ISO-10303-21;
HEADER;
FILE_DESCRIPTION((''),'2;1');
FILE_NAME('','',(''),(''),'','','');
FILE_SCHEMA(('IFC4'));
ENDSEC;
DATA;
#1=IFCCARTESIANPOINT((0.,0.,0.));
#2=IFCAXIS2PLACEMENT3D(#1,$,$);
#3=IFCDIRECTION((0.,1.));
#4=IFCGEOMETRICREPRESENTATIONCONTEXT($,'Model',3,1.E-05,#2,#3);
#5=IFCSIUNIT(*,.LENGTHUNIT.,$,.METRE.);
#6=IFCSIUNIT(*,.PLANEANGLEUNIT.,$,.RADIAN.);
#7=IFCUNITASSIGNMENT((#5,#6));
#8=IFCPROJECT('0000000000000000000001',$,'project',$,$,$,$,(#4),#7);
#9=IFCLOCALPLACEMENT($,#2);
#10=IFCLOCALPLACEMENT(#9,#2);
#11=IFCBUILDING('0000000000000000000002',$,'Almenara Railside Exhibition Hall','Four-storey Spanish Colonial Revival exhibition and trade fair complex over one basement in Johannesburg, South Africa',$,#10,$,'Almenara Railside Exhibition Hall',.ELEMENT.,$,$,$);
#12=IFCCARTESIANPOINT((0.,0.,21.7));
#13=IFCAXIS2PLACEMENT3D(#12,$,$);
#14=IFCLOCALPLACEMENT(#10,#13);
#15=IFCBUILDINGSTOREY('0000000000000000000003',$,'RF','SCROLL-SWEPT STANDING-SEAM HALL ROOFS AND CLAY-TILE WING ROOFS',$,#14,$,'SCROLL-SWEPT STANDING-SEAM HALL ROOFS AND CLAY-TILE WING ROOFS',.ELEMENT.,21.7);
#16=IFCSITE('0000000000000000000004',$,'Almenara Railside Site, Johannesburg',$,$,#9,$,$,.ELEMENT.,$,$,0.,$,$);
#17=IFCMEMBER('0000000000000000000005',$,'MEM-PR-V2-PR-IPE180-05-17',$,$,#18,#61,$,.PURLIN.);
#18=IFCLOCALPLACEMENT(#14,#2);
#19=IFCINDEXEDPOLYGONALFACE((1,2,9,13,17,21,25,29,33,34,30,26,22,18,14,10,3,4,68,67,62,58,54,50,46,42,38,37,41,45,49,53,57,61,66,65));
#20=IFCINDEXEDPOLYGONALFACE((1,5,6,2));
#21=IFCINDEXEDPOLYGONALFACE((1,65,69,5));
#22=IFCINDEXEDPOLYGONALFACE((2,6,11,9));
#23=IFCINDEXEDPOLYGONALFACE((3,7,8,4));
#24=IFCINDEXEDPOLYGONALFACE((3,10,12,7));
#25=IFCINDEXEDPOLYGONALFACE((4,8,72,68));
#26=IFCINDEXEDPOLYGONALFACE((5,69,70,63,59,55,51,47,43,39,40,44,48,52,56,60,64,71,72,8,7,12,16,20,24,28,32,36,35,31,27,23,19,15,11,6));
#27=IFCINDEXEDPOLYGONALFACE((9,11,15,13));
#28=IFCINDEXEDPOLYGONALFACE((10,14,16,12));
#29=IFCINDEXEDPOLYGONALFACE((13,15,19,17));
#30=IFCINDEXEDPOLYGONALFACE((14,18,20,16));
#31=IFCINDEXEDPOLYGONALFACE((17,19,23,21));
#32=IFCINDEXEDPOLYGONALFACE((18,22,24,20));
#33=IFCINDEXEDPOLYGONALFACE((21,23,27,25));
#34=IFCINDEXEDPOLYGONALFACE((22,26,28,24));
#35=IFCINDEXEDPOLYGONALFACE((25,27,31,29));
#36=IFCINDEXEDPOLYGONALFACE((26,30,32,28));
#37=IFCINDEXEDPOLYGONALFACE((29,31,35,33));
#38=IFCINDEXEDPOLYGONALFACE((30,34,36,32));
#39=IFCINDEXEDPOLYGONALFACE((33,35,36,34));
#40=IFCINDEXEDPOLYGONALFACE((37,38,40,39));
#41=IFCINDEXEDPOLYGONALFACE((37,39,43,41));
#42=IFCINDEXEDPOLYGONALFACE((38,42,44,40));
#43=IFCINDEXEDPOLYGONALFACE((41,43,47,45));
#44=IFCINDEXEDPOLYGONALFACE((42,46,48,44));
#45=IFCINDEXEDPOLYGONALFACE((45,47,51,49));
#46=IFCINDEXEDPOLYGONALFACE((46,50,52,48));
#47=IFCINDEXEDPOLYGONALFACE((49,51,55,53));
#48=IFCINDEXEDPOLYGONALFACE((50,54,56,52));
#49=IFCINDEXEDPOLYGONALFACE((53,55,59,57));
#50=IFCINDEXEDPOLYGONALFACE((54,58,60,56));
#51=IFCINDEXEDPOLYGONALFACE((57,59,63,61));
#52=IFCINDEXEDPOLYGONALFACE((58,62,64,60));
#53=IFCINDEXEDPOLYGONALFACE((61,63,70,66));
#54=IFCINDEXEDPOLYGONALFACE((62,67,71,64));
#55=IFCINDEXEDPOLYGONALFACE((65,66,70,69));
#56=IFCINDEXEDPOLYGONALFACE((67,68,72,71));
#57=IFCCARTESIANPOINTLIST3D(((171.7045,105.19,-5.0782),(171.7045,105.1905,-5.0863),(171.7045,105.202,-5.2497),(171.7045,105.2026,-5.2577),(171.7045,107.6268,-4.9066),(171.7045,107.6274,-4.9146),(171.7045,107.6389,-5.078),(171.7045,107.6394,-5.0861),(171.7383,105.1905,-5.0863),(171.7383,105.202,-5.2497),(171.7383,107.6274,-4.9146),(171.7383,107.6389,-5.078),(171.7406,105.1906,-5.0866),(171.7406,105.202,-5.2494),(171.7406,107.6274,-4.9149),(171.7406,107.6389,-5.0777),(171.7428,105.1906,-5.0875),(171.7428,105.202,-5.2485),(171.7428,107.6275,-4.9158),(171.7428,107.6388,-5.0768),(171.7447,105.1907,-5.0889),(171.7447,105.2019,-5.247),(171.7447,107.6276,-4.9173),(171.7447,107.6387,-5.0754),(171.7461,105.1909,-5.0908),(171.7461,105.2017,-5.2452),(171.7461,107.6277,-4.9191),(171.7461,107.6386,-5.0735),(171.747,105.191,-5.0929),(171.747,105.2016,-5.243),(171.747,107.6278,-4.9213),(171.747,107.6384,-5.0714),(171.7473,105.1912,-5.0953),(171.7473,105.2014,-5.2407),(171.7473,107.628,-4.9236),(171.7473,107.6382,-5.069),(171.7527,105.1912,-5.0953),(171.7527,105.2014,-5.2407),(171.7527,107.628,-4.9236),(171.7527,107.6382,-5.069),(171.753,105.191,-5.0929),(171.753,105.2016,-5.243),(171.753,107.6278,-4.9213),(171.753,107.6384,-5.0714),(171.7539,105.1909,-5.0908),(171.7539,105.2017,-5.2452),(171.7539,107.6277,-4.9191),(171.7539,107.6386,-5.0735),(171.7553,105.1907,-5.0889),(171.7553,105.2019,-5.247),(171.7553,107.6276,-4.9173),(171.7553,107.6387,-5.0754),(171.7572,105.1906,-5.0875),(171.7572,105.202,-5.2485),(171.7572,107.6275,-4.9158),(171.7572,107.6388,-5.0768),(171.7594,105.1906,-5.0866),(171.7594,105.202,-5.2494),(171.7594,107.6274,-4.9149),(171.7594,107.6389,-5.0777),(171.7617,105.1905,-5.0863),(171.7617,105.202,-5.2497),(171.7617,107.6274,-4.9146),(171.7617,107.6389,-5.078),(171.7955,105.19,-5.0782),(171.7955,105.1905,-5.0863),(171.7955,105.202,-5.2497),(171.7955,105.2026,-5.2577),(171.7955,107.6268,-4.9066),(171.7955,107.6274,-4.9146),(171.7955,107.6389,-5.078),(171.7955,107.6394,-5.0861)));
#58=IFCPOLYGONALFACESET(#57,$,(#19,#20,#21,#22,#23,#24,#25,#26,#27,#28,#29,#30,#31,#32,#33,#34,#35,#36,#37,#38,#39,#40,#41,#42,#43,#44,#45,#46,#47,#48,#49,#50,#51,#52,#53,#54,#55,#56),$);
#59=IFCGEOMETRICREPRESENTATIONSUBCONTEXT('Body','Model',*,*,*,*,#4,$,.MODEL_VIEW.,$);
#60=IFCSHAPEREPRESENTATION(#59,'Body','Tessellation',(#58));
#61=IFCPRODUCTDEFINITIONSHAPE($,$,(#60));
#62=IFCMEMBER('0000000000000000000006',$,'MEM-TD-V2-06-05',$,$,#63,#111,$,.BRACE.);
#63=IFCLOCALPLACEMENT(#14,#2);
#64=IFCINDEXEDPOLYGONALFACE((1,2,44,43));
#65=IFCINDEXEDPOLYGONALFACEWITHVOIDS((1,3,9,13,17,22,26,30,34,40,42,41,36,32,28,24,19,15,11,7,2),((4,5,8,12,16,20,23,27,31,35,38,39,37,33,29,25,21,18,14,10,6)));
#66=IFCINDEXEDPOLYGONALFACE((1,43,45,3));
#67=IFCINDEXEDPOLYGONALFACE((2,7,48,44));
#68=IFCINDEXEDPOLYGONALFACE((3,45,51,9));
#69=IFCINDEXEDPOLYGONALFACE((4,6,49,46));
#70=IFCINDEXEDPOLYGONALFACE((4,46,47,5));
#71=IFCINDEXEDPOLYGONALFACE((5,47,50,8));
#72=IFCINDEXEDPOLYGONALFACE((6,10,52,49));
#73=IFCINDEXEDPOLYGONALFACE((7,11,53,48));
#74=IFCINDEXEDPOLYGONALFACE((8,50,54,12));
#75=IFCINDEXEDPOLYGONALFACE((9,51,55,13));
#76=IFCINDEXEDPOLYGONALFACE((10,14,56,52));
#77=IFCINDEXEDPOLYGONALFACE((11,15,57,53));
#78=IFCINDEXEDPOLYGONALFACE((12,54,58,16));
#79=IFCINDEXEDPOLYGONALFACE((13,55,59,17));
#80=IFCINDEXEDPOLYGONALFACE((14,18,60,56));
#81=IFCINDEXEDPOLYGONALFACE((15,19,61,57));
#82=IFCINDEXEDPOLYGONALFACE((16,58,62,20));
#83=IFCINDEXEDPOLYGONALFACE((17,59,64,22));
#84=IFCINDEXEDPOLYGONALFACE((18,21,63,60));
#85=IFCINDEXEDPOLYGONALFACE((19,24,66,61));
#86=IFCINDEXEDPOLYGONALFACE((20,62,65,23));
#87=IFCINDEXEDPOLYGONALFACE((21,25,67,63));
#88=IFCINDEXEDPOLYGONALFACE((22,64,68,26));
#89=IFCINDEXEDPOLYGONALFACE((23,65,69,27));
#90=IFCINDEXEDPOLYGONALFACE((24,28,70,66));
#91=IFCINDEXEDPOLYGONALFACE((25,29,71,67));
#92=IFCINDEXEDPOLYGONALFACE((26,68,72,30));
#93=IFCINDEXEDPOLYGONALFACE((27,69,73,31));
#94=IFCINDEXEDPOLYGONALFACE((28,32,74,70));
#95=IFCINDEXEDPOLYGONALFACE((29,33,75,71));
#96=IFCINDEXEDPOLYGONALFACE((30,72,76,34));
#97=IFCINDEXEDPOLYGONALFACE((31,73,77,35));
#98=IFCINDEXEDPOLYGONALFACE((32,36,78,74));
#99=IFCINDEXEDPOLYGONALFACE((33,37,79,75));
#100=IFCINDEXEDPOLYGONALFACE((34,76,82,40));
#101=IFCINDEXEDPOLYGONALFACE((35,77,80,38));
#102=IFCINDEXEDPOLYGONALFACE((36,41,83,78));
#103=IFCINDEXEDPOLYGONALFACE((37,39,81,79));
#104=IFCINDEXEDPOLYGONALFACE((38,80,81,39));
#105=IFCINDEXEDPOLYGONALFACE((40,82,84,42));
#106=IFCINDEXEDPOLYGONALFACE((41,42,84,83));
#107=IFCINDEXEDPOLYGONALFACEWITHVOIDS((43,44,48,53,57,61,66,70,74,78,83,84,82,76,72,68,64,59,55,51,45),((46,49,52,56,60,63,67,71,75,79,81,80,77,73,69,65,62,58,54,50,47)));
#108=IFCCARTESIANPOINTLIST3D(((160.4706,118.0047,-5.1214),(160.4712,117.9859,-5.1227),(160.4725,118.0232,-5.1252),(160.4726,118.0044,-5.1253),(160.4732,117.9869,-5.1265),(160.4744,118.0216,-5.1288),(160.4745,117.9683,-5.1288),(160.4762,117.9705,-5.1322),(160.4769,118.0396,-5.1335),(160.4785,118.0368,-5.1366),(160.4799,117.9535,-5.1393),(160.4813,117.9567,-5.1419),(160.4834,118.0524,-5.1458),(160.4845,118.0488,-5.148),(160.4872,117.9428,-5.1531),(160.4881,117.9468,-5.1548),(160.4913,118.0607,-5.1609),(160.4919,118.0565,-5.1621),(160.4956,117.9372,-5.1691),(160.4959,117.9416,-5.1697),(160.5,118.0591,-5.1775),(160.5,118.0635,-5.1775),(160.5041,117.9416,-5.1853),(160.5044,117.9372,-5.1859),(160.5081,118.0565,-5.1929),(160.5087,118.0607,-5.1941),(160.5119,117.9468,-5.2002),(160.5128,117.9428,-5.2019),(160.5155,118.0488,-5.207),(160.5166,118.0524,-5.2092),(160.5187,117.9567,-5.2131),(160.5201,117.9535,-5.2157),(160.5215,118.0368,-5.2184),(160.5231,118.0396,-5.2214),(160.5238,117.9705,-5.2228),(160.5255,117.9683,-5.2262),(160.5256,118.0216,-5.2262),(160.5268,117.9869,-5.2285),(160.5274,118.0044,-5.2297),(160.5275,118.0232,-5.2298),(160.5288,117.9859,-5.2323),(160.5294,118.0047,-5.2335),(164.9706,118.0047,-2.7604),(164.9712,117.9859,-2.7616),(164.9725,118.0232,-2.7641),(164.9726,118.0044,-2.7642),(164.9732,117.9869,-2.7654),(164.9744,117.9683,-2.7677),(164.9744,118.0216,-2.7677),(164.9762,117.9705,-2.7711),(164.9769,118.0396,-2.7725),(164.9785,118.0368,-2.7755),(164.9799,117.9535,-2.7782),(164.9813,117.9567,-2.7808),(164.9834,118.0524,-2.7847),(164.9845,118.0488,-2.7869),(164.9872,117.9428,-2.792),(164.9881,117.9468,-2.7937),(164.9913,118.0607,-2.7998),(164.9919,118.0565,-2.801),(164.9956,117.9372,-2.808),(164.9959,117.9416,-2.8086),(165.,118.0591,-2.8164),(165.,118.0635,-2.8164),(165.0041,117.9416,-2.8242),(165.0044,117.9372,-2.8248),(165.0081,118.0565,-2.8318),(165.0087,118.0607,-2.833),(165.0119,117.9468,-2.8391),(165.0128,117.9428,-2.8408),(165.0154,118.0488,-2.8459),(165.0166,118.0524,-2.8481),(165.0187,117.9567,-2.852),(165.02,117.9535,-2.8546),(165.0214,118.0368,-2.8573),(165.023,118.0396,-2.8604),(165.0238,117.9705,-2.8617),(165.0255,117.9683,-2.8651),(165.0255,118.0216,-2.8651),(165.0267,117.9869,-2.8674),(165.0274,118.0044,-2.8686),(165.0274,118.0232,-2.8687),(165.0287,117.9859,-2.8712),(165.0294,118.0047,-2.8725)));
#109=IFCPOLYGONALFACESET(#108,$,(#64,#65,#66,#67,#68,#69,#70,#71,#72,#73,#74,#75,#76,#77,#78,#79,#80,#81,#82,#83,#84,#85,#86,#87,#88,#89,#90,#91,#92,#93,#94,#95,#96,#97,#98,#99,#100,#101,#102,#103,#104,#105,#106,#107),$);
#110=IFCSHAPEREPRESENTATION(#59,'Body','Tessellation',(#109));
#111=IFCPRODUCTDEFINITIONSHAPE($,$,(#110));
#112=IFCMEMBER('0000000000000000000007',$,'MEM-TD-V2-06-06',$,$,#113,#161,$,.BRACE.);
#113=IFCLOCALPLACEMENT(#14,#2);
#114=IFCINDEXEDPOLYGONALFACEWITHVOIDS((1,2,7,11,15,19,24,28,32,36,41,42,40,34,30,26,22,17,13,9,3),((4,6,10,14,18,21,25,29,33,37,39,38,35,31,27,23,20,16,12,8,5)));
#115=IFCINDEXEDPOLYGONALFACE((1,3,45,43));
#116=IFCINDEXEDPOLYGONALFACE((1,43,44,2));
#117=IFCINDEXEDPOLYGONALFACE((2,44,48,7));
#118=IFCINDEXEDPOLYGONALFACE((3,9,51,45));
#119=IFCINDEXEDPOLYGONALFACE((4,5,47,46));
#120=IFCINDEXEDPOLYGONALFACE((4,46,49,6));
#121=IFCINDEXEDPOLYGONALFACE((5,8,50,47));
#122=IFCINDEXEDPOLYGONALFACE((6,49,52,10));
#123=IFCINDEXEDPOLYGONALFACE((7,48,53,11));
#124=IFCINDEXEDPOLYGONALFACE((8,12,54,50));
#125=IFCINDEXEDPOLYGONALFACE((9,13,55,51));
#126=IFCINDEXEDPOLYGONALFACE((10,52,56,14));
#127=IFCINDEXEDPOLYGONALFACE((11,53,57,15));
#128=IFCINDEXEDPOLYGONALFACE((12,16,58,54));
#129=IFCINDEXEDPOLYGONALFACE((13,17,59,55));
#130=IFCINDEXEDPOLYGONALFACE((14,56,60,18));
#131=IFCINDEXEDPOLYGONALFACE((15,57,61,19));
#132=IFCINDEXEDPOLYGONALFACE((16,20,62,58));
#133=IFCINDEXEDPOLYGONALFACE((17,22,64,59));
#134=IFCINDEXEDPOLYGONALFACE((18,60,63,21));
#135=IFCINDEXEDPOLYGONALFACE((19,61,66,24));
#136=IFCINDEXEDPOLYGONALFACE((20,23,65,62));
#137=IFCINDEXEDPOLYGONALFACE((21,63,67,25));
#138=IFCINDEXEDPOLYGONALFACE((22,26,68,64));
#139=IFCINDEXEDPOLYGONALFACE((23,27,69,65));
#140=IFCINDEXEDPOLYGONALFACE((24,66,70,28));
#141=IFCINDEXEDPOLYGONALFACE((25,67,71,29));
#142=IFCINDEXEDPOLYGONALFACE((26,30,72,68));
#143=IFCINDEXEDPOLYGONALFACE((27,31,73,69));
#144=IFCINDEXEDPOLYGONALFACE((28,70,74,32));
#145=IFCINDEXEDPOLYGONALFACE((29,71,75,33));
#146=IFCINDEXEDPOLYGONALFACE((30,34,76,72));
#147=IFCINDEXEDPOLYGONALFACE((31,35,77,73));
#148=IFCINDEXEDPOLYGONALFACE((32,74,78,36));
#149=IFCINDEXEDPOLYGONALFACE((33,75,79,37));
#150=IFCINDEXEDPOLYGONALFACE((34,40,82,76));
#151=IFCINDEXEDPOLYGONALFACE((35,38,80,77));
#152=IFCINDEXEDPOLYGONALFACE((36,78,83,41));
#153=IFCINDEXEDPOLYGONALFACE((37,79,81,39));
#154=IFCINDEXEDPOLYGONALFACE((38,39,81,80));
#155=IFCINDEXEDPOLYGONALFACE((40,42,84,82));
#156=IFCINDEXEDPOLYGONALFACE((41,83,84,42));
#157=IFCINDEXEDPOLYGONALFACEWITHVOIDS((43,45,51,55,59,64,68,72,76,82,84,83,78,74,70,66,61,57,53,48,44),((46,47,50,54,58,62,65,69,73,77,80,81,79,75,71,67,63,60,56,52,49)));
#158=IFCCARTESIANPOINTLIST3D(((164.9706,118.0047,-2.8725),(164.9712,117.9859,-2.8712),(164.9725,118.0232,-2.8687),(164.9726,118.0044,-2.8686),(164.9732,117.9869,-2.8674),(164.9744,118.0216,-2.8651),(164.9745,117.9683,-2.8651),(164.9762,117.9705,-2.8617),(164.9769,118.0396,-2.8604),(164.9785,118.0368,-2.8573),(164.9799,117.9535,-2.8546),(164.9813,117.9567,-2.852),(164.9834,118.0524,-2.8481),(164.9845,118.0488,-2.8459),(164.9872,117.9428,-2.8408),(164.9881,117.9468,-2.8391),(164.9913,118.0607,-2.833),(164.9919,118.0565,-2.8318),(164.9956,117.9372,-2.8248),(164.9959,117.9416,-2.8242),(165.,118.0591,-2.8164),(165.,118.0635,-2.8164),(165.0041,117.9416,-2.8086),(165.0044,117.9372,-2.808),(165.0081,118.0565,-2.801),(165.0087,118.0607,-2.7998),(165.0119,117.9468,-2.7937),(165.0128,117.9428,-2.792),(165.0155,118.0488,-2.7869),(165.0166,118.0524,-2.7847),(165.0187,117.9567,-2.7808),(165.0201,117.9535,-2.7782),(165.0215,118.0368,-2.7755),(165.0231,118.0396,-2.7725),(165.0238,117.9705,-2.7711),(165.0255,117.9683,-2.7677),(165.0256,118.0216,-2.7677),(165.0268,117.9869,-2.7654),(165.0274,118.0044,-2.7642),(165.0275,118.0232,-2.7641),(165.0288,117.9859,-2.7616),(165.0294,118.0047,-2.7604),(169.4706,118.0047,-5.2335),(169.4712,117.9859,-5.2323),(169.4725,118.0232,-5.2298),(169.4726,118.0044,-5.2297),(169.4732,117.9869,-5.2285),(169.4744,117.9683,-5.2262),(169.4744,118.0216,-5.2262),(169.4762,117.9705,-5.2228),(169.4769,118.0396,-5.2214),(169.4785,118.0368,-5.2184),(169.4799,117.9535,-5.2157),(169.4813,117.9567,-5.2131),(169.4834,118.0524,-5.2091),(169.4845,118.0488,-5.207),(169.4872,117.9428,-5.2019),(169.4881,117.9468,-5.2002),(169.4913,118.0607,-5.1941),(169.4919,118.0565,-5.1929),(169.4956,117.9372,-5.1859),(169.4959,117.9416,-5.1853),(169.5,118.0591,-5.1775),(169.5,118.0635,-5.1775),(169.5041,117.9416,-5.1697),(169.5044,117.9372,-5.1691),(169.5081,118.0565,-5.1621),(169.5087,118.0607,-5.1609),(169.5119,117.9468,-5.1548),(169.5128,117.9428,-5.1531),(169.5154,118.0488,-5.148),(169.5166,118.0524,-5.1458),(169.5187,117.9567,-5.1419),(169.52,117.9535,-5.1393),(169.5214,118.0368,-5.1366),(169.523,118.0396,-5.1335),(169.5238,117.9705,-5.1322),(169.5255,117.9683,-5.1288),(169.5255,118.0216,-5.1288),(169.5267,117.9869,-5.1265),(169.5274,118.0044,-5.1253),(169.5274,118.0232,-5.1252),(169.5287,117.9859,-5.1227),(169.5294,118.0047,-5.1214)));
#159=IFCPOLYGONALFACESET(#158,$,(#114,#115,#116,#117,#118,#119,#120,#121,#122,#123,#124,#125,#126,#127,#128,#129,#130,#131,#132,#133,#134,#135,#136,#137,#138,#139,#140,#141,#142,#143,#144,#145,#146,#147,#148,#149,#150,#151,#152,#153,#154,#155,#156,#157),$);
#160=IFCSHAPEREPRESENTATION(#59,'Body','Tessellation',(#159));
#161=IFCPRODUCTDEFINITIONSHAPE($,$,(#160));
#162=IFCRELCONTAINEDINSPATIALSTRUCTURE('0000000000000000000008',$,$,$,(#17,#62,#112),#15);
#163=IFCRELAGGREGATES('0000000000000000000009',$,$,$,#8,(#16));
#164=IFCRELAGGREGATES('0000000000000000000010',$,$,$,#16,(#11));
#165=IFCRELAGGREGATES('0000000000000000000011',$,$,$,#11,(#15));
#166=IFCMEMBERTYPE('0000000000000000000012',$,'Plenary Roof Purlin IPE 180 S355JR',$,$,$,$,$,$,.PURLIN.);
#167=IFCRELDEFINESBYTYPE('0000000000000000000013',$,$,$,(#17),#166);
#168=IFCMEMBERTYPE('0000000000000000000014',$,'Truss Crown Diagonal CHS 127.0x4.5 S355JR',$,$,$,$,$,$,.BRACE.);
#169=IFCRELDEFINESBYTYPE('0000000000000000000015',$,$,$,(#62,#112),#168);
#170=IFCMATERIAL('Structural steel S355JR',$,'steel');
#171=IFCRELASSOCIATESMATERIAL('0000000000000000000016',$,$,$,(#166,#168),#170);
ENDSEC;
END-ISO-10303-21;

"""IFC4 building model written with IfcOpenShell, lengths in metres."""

from ifc_helpers import new_model, si_unit, direction, frame, origin, origin_2d, place, context, subcontext, project, spatial, hollow_circle, i_section, extrude, material, material_profile, profile_set, type_object, element, save


model = new_model("IFC4")

# Units and contexts
model_context = context("Model", 3, precision=1e-05, world=origin(), true_north=direction((0.0, 1.0)))
body_context = subcontext(model_context, "Body", "Model", "MODEL_VIEW")
ifc_project = project(units=[si_unit("LENGTHUNIT", "METRE"), si_unit("PLANEANGLEUNIT", "RADIAN")], contexts=[model_context])

# Site, building, storey
site_placement = place(None, origin())
site = spatial("IfcSite", under=ifc_project, at=site_placement, Name="Almenara Railside Site, Johannesburg", CompositionType="ELEMENT", RefElevation=0.0)
building_placement = place(site_placement, origin())
building = spatial("IfcBuilding", under=site, at=building_placement, Name="Almenara Railside Exhibition Hall", Description="Four-storey Spanish Colonial Revival exhibition and trade fair complex over one basement in Johannesburg, South Africa", LongName="Almenara Railside Exhibition Hall", CompositionType="ELEMENT")
storey_placement = place(building_placement, frame((0.0, 0.0, 21.7)))
storey = spatial("IfcBuildingStorey", under=building, at=storey_placement, Name="RF", Description="SCROLL-SWEPT STANDING-SEAM HALL ROOFS AND CLAY-TILE WING ROOFS", LongName="SCROLL-SWEPT STANDING-SEAM HALL ROOFS AND CLAY-TILE WING ROOFS", CompositionType="ELEMENT", Elevation=21.7)

# Members
ifc_material_1 = material(Name="Structural steel S355JR", Category="steel")
ifc_material_profile_1 = material_profile(ifc_material_1, i_section(OverallWidth=0.0911, OverallDepth=0.1799, WebThickness=0.0054, FlangeThickness=0.0081, FilletRadius=0.009, at=origin_2d()), Name="IPE 180")
ifc_profile_set_1 = profile_set([ifc_material_profile_1], Name="Structural steel S355JR")
member_type_1 = type_object("IfcMemberType", Name="Plenary Roof Purlin IPE 180 S355JR", PredefinedType="PURLIN", material=ifc_profile_set_1)
member_1_placement = place(storey_placement, frame((171.75, 105.1963, -5.168), z_axis=(0.0, 0.997529, 0.07026), x_axis=(-1.0, 0.0, 0.0)))
element("IfcMember", 1, at=member_1_placement, inside=storey, type_object=member_type_1, Name="MEM-PR-V2-PR-IPE180-05-17", PredefinedType="PURLIN", context=body_context, shape_type="SweptSolid", body=[
    extrude(i_section(OverallWidth=0.0911, OverallDepth=0.1799, WebThickness=0.0054, FlangeThickness=0.0081, FilletRadius=0.009, at=origin_2d()), origin(), (0.0, 0.0, 1.0), 2.4429),
])
ifc_material_profile_2 = material_profile(ifc_material_1, hollow_circle(Radius=0.0635, WallThickness=0.0044, at=origin_2d()), Name="CHS 127.0x4.5")
ifc_profile_set_2 = profile_set([ifc_material_profile_2], Name="Structural steel S355JR")
member_type_2 = type_object("IfcMemberType", Name="Truss Crown Diagonal CHS 127.0x4.5 S355JR", PredefinedType="BRACE", material=ifc_profile_set_2)
for number, where, z_axis, x_axis, name in (
    (2, (160.5, 118.0, -5.1775), (0.885513, 0.0, 0.464615), (0.0, 1.0, 0.0), "MEM-TD-V2-06-05"),
    (3, (165.0, 118.0, -2.8164), (0.885513, 0.0, -0.464615), (0.0, 1.0, 0.0), "MEM-TD-V2-06-06"),
):
    element("IfcMember", number, at=place(storey_placement, frame(where, z_axis=z_axis, x_axis=x_axis)), inside=storey, type_object=member_type_2, Name=name, PredefinedType="BRACE", context=body_context, shape_type="SweptSolid", body=[
        extrude(hollow_circle(Radius=0.0635, WallThickness=0.0044, at=origin_2d()), origin(), (0.0, 0.0, 1.0), 5.0818),
    ])

save(model, "model.ifc")
